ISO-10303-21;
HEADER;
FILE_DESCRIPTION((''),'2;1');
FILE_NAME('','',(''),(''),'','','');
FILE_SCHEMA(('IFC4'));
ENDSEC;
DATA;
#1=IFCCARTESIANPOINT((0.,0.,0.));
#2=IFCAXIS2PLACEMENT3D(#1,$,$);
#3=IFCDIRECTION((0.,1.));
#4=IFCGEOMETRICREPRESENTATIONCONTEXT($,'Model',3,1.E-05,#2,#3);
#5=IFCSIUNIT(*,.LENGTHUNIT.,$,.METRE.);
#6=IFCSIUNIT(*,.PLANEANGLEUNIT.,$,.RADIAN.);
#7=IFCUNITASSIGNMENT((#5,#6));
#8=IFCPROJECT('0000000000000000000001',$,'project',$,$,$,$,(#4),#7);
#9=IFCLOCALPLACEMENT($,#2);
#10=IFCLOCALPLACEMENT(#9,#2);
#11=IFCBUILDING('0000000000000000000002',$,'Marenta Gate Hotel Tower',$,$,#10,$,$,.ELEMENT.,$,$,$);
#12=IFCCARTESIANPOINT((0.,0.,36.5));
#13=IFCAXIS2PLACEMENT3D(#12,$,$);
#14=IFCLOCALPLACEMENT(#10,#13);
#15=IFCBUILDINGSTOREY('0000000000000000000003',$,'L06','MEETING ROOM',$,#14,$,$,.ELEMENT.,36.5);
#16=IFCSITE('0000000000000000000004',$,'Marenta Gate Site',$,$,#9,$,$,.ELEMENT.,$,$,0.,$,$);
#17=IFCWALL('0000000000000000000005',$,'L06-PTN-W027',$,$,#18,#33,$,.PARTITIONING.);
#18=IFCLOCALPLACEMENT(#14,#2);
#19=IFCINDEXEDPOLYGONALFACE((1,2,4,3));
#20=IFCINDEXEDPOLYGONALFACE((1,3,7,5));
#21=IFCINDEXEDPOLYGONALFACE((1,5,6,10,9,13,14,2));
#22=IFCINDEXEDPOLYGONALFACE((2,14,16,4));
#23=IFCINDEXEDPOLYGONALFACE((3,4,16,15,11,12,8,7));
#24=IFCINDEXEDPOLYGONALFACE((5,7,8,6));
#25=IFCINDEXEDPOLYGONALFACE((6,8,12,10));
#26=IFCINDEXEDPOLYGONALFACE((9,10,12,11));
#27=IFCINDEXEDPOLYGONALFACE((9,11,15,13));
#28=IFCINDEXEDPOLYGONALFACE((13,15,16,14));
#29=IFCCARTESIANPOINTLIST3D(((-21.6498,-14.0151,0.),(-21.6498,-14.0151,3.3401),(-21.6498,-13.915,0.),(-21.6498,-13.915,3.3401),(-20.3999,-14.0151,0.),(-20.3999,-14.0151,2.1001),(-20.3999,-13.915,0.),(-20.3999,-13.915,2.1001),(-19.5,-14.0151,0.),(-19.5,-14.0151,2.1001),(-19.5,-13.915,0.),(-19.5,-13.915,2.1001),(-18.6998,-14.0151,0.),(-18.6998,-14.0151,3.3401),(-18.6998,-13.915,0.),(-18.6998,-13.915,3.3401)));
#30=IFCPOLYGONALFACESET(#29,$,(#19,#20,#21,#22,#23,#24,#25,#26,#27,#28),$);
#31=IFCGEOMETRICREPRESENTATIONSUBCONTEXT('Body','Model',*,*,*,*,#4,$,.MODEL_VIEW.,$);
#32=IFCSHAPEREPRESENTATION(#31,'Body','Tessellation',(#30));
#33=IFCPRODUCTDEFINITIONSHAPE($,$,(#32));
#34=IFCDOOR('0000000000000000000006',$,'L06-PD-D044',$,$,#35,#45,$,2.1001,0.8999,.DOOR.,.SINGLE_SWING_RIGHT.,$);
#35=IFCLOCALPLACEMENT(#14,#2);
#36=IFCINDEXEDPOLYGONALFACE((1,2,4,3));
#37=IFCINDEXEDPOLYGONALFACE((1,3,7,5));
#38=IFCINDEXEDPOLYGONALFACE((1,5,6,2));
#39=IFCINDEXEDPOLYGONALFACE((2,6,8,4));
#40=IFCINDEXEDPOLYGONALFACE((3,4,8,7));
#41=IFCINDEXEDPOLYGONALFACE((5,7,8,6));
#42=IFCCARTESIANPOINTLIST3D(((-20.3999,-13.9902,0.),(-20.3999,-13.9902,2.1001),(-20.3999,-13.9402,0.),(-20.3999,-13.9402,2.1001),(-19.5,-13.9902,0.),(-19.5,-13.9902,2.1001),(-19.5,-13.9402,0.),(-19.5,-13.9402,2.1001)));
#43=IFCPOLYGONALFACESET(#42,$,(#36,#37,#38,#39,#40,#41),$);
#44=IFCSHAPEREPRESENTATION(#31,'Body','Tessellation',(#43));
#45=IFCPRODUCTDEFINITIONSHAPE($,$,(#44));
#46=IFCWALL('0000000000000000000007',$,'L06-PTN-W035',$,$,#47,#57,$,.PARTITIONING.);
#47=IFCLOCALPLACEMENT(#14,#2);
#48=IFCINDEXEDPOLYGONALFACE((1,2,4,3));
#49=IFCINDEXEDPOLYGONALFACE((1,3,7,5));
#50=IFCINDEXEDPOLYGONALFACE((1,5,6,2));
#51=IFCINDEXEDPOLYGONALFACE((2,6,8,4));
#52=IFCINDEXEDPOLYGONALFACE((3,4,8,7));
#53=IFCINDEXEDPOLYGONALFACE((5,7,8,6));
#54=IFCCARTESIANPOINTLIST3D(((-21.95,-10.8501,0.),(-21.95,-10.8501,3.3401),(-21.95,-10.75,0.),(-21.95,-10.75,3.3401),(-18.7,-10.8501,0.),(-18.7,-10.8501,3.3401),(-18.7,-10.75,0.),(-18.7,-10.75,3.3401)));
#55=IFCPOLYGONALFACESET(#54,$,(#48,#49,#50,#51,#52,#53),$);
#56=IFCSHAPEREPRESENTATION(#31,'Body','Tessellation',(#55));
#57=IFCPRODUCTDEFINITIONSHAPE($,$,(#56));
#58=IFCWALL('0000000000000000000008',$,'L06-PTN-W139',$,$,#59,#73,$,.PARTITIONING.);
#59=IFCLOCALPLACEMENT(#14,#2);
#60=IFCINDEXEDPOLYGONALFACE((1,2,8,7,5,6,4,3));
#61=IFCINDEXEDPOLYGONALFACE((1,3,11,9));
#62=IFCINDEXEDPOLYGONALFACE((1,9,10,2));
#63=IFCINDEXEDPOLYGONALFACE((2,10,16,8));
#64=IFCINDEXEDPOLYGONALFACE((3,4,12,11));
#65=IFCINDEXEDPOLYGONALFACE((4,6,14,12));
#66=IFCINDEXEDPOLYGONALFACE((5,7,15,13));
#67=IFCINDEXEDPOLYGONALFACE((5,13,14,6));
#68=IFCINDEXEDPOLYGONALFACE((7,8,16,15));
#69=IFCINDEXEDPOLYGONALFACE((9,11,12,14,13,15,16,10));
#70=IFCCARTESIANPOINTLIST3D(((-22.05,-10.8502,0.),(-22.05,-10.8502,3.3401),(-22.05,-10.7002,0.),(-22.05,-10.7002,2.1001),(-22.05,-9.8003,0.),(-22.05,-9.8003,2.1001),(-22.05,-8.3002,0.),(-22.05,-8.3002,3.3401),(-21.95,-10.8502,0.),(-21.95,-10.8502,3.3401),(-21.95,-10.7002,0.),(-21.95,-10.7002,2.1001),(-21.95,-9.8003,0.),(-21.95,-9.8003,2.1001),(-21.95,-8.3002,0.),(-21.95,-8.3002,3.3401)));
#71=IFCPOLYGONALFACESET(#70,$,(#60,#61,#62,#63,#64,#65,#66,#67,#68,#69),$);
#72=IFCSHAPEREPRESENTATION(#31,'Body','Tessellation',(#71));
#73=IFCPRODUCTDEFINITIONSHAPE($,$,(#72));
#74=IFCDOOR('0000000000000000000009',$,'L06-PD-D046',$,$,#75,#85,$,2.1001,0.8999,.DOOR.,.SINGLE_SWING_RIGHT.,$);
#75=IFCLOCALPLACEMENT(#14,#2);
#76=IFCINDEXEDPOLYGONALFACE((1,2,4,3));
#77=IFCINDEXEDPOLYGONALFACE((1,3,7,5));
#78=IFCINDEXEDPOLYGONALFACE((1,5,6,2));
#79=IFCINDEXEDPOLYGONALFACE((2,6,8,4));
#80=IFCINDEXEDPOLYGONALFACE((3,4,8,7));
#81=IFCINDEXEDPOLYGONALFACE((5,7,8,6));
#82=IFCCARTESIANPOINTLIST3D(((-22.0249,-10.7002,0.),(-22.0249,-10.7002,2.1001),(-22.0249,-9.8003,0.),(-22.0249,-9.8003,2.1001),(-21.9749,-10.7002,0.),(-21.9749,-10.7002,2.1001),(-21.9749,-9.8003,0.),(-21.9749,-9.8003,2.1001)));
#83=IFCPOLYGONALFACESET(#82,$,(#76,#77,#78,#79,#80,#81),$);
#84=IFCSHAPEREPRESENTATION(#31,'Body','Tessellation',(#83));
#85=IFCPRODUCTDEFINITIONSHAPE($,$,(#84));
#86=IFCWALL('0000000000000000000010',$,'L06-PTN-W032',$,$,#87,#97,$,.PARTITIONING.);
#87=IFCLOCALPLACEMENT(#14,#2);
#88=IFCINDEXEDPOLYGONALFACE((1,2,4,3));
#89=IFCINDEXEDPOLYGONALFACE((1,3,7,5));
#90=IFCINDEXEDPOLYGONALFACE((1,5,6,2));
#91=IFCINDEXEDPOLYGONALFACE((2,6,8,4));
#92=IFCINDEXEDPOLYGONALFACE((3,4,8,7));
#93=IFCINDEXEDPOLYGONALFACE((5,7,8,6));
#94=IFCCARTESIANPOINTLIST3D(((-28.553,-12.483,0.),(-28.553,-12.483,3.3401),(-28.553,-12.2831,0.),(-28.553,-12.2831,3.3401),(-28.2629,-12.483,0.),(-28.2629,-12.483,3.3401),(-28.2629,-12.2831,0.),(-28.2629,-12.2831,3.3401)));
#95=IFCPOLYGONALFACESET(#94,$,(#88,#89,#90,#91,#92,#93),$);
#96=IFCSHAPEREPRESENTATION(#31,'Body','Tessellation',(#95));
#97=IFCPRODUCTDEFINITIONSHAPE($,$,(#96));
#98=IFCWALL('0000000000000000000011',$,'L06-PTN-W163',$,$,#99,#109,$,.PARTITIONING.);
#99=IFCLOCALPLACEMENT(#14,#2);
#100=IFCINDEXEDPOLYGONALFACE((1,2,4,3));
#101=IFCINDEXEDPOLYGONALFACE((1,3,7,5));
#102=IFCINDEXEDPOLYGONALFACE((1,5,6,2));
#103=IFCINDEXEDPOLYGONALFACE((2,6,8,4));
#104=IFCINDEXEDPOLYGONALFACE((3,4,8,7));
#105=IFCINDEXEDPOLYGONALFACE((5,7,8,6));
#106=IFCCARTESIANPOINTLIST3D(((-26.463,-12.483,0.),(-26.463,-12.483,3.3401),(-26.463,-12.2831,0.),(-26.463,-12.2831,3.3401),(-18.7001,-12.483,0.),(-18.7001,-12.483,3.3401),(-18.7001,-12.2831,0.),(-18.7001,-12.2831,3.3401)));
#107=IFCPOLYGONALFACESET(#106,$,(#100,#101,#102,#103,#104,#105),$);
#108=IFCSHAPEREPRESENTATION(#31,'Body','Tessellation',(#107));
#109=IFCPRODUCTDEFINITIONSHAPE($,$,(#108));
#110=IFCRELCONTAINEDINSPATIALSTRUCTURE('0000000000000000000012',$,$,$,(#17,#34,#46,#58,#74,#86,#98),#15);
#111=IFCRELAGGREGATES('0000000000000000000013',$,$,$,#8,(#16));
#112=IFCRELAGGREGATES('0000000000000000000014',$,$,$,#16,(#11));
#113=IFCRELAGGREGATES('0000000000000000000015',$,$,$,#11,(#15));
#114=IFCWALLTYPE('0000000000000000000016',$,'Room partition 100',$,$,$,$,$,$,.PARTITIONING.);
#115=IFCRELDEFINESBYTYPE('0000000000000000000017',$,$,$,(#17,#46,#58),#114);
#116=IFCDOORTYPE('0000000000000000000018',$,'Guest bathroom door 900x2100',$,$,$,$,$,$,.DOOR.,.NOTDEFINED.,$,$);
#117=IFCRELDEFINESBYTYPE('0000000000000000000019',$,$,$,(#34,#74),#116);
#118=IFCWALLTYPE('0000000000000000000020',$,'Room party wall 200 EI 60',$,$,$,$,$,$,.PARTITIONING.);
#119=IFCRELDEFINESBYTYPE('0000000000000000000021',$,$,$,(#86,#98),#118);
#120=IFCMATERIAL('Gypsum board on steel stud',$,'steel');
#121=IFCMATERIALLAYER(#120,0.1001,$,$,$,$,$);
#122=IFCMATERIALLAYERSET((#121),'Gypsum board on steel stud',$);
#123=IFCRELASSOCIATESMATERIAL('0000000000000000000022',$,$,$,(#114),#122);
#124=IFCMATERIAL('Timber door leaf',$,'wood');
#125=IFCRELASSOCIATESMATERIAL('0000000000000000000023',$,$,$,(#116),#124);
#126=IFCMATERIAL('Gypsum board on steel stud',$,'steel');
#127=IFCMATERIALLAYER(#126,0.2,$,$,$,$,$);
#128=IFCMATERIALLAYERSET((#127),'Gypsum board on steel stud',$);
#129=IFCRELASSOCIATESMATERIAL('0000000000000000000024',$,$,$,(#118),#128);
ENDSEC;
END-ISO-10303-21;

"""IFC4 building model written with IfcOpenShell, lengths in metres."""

from ifc_helpers import new_model, si_unit, direction, frame, frame_2d, origin, place, context, subcontext, project, spatial, rectangle, extrude, material, layer, layer_set, type_object, element, fill, save


model = new_model("IFC4")

# Units and contexts
model_context = context("Model", 3, precision=1e-05, world=origin(), true_north=direction((0.0, 1.0)))
body_context = subcontext(model_context, "Body", "Model", "MODEL_VIEW")
ifc_project = project(units=[si_unit("LENGTHUNIT", "METRE"), si_unit("PLANEANGLEUNIT", "RADIAN")], contexts=[model_context])

# Site, building, storey
site_placement = place(None, origin())
site = spatial("IfcSite", under=ifc_project, at=site_placement, Name="Marenta Gate Site", CompositionType="ELEMENT", RefElevation=0.0)
building_placement = place(site_placement, origin())
building = spatial("IfcBuilding", under=site, at=building_placement, Name="Marenta Gate Hotel Tower", CompositionType="ELEMENT")
storey_placement = place(building_placement, frame((0.0, 0.0, 36.5)))
storey = spatial("IfcBuildingStorey", under=building, at=storey_placement, Name="L06", Description="MEETING ROOM", CompositionType="ELEMENT", Elevation=36.5)

# Shared definitions
ifc_material_1 = material(Name="Gypsum board on steel stud", Category="steel")
ifc_layer_1 = layer(ifc_material_1, 0.1001)
ifc_layer_set_1 = layer_set([ifc_layer_1], Name="Gypsum board on steel stud")
wall_type_1 = type_object("IfcWallType", Name="Room partition 100", PredefinedType="PARTITIONING", material=ifc_layer_set_1)

# Wall, opening, door
wall_1_placement = place(storey_placement, frame((-21.6499, -13.9651, 0.0), z_axis=(0.0, 0.0, 1.0), x_axis=(1.0, 0.0, 0.0)))
wall_1 = element("IfcWall", 1, at=wall_1_placement, inside=storey, type_object=wall_type_1, Name="L06-PTN-W027", PredefinedType="PARTITIONING", context=body_context, shape_type="SweptSolid", body=[
    extrude(rectangle(XDim=2.95, YDim=0.1001, at=frame_2d((1.4751, 0.0))), origin(), (0.0, 0.0, 1.0), 3.3401),
])
opening_1_placement = place(wall_1_placement, frame((1.25, 0.0, 0.0)))
opening_1 = element("IfcOpeningElement", 2, at=opening_1_placement, cuts=wall_1, PredefinedType="OPENING", context=body_context, shape_type="SweptSolid", body=[
    extrude(rectangle(XDim=0.8999, YDim=2.1001, at=frame_2d((0.45, 1.05))), frame((0.0, 0.05, 0.0), z_axis=(0.0, -1.0, 0.0), x_axis=(1.0, 0.0, 0.0)), (0.0, 0.0, 1.0), 0.1001),
])
ifc_material_2 = material(Name="Timber door leaf", Category="wood")
door_type = type_object("IfcDoorType", Name="Guest bathroom door 900x2100", OperationType="NOTDEFINED", PredefinedType="DOOR", material=ifc_material_2)
door_1_placement = place(opening_1_placement, origin())
door_1 = element("IfcDoor", 3, at=door_1_placement, inside=storey, type_object=door_type, Name="L06-PD-D044", OperationType="SINGLE_SWING_RIGHT", OverallHeight=2.1001, OverallWidth=0.8999, PredefinedType="DOOR", context=body_context, shape_type="SweptSolid", body=[
    extrude(rectangle(XDim=0.8999, YDim=2.1001, at=frame_2d((0.45, 1.05))), frame((0.0, 0.0249, 0.0), z_axis=(0.0, -1.0, 0.0), x_axis=(1.0, 0.0, 0.0)), (0.0, 0.0, 1.0), 0.05),
])
fill(opening_1, door_1)

# Wall
wall_2_placement = place(storey_placement, frame((-21.95, -10.8, 0.0), z_axis=(0.0, 0.0, 1.0), x_axis=(1.0, 0.0, 0.0)))
element("IfcWall", 4, at=wall_2_placement, inside=storey, type_object=wall_type_1, Name="L06-PTN-W035", PredefinedType="PARTITIONING", context=body_context, shape_type="SweptSolid", body=[
    extrude(rectangle(XDim=3.25, YDim=0.1001, at=frame_2d((1.625, 0.0))), origin(), (0.0, 0.0, 1.0), 3.3401),
])

# Wall, opening, door
wall_3_placement = place(storey_placement, frame((-22.0, -10.8501, 0.0), z_axis=(0.0, 0.0, 1.0), x_axis=(0.0, 1.0, 0.0)))
wall_3 = element("IfcWall", 5, at=wall_3_placement, inside=storey, type_object=wall_type_1, Name="L06-PTN-W139", PredefinedType="PARTITIONING", context=body_context, shape_type="SweptSolid", body=[
    extrude(rectangle(XDim=2.55, YDim=0.1001, at=frame_2d((1.2749, 0.0))), origin(), (0.0, 0.0, 1.0), 3.3401),
])
opening_2_placement = place(wall_3_placement, frame((0.1499, 0.0, 0.0)))
opening_2 = element("IfcOpeningElement", 6, at=opening_2_placement, cuts=wall_3, PredefinedType="OPENING", context=body_context, shape_type="SweptSolid", body=[
    extrude(rectangle(XDim=0.8999, YDim=2.1001, at=frame_2d((0.45, 1.05))), frame((0.0, 0.05, 0.0), z_axis=(0.0, -1.0, 0.0), x_axis=(1.0, 0.0, 0.0)), (0.0, 0.0, 1.0), 0.1001),
])
door_2_placement = place(opening_2_placement, origin())
door_2 = element("IfcDoor", 7, at=door_2_placement, inside=storey, type_object=door_type, Name="L06-PD-D046", OperationType="SINGLE_SWING_RIGHT", OverallHeight=2.1001, OverallWidth=0.8999, PredefinedType="DOOR", context=body_context, shape_type="SweptSolid", body=[
    extrude(rectangle(XDim=0.8999, YDim=2.1001, at=frame_2d((0.45, 1.05))), frame((0.0, 0.0249, 0.0), z_axis=(0.0, -1.0, 0.0), x_axis=(1.0, 0.0, 0.0)), (0.0, 0.0, 1.0), 0.05),
])
fill(opening_2, door_2)

# Walls
ifc_material_3 = material(Name="Gypsum board on steel stud", Category="steel")
ifc_layer_2 = layer(ifc_material_3, 0.2)
ifc_layer_set_2 = layer_set([ifc_layer_2], Name="Gypsum board on steel stud")
wall_type_2 = type_object("IfcWallType", Name="Room party wall 200 EI 60", PredefinedType="PARTITIONING", material=ifc_layer_set_2)
wall_4_placement = place(storey_placement, frame((-28.553, -12.3831, 0.0), z_axis=(0.0, 0.0, 1.0), x_axis=(1.0, 0.0, 0.0)))
element("IfcWall", 8, at=wall_4_placement, inside=storey, type_object=wall_type_2, Name="L06-PTN-W032", PredefinedType="PARTITIONING", context=body_context, shape_type="SweptSolid", body=[
    extrude(rectangle(XDim=0.29, YDim=0.2, at=frame_2d((0.145, 0.0))), origin(), (0.0, 0.0, 1.0), 3.3401),
])
wall_5_placement = place(storey_placement, frame((-26.4629, -12.3831, 0.0), z_axis=(0.0, 0.0, 1.0), x_axis=(1.0, 0.0, 0.0)))
element("IfcWall", 9, at=wall_5_placement, inside=storey, type_object=wall_type_2, Name="L06-PTN-W163", PredefinedType="PARTITIONING", context=body_context, shape_type="SweptSolid", body=[
    extrude(rectangle(XDim=7.7629, YDim=0.2, at=frame_2d((3.8813, 0.0))), origin(), (0.0, 0.0, 1.0), 3.3401),
])

save(model, "model.ifc")
